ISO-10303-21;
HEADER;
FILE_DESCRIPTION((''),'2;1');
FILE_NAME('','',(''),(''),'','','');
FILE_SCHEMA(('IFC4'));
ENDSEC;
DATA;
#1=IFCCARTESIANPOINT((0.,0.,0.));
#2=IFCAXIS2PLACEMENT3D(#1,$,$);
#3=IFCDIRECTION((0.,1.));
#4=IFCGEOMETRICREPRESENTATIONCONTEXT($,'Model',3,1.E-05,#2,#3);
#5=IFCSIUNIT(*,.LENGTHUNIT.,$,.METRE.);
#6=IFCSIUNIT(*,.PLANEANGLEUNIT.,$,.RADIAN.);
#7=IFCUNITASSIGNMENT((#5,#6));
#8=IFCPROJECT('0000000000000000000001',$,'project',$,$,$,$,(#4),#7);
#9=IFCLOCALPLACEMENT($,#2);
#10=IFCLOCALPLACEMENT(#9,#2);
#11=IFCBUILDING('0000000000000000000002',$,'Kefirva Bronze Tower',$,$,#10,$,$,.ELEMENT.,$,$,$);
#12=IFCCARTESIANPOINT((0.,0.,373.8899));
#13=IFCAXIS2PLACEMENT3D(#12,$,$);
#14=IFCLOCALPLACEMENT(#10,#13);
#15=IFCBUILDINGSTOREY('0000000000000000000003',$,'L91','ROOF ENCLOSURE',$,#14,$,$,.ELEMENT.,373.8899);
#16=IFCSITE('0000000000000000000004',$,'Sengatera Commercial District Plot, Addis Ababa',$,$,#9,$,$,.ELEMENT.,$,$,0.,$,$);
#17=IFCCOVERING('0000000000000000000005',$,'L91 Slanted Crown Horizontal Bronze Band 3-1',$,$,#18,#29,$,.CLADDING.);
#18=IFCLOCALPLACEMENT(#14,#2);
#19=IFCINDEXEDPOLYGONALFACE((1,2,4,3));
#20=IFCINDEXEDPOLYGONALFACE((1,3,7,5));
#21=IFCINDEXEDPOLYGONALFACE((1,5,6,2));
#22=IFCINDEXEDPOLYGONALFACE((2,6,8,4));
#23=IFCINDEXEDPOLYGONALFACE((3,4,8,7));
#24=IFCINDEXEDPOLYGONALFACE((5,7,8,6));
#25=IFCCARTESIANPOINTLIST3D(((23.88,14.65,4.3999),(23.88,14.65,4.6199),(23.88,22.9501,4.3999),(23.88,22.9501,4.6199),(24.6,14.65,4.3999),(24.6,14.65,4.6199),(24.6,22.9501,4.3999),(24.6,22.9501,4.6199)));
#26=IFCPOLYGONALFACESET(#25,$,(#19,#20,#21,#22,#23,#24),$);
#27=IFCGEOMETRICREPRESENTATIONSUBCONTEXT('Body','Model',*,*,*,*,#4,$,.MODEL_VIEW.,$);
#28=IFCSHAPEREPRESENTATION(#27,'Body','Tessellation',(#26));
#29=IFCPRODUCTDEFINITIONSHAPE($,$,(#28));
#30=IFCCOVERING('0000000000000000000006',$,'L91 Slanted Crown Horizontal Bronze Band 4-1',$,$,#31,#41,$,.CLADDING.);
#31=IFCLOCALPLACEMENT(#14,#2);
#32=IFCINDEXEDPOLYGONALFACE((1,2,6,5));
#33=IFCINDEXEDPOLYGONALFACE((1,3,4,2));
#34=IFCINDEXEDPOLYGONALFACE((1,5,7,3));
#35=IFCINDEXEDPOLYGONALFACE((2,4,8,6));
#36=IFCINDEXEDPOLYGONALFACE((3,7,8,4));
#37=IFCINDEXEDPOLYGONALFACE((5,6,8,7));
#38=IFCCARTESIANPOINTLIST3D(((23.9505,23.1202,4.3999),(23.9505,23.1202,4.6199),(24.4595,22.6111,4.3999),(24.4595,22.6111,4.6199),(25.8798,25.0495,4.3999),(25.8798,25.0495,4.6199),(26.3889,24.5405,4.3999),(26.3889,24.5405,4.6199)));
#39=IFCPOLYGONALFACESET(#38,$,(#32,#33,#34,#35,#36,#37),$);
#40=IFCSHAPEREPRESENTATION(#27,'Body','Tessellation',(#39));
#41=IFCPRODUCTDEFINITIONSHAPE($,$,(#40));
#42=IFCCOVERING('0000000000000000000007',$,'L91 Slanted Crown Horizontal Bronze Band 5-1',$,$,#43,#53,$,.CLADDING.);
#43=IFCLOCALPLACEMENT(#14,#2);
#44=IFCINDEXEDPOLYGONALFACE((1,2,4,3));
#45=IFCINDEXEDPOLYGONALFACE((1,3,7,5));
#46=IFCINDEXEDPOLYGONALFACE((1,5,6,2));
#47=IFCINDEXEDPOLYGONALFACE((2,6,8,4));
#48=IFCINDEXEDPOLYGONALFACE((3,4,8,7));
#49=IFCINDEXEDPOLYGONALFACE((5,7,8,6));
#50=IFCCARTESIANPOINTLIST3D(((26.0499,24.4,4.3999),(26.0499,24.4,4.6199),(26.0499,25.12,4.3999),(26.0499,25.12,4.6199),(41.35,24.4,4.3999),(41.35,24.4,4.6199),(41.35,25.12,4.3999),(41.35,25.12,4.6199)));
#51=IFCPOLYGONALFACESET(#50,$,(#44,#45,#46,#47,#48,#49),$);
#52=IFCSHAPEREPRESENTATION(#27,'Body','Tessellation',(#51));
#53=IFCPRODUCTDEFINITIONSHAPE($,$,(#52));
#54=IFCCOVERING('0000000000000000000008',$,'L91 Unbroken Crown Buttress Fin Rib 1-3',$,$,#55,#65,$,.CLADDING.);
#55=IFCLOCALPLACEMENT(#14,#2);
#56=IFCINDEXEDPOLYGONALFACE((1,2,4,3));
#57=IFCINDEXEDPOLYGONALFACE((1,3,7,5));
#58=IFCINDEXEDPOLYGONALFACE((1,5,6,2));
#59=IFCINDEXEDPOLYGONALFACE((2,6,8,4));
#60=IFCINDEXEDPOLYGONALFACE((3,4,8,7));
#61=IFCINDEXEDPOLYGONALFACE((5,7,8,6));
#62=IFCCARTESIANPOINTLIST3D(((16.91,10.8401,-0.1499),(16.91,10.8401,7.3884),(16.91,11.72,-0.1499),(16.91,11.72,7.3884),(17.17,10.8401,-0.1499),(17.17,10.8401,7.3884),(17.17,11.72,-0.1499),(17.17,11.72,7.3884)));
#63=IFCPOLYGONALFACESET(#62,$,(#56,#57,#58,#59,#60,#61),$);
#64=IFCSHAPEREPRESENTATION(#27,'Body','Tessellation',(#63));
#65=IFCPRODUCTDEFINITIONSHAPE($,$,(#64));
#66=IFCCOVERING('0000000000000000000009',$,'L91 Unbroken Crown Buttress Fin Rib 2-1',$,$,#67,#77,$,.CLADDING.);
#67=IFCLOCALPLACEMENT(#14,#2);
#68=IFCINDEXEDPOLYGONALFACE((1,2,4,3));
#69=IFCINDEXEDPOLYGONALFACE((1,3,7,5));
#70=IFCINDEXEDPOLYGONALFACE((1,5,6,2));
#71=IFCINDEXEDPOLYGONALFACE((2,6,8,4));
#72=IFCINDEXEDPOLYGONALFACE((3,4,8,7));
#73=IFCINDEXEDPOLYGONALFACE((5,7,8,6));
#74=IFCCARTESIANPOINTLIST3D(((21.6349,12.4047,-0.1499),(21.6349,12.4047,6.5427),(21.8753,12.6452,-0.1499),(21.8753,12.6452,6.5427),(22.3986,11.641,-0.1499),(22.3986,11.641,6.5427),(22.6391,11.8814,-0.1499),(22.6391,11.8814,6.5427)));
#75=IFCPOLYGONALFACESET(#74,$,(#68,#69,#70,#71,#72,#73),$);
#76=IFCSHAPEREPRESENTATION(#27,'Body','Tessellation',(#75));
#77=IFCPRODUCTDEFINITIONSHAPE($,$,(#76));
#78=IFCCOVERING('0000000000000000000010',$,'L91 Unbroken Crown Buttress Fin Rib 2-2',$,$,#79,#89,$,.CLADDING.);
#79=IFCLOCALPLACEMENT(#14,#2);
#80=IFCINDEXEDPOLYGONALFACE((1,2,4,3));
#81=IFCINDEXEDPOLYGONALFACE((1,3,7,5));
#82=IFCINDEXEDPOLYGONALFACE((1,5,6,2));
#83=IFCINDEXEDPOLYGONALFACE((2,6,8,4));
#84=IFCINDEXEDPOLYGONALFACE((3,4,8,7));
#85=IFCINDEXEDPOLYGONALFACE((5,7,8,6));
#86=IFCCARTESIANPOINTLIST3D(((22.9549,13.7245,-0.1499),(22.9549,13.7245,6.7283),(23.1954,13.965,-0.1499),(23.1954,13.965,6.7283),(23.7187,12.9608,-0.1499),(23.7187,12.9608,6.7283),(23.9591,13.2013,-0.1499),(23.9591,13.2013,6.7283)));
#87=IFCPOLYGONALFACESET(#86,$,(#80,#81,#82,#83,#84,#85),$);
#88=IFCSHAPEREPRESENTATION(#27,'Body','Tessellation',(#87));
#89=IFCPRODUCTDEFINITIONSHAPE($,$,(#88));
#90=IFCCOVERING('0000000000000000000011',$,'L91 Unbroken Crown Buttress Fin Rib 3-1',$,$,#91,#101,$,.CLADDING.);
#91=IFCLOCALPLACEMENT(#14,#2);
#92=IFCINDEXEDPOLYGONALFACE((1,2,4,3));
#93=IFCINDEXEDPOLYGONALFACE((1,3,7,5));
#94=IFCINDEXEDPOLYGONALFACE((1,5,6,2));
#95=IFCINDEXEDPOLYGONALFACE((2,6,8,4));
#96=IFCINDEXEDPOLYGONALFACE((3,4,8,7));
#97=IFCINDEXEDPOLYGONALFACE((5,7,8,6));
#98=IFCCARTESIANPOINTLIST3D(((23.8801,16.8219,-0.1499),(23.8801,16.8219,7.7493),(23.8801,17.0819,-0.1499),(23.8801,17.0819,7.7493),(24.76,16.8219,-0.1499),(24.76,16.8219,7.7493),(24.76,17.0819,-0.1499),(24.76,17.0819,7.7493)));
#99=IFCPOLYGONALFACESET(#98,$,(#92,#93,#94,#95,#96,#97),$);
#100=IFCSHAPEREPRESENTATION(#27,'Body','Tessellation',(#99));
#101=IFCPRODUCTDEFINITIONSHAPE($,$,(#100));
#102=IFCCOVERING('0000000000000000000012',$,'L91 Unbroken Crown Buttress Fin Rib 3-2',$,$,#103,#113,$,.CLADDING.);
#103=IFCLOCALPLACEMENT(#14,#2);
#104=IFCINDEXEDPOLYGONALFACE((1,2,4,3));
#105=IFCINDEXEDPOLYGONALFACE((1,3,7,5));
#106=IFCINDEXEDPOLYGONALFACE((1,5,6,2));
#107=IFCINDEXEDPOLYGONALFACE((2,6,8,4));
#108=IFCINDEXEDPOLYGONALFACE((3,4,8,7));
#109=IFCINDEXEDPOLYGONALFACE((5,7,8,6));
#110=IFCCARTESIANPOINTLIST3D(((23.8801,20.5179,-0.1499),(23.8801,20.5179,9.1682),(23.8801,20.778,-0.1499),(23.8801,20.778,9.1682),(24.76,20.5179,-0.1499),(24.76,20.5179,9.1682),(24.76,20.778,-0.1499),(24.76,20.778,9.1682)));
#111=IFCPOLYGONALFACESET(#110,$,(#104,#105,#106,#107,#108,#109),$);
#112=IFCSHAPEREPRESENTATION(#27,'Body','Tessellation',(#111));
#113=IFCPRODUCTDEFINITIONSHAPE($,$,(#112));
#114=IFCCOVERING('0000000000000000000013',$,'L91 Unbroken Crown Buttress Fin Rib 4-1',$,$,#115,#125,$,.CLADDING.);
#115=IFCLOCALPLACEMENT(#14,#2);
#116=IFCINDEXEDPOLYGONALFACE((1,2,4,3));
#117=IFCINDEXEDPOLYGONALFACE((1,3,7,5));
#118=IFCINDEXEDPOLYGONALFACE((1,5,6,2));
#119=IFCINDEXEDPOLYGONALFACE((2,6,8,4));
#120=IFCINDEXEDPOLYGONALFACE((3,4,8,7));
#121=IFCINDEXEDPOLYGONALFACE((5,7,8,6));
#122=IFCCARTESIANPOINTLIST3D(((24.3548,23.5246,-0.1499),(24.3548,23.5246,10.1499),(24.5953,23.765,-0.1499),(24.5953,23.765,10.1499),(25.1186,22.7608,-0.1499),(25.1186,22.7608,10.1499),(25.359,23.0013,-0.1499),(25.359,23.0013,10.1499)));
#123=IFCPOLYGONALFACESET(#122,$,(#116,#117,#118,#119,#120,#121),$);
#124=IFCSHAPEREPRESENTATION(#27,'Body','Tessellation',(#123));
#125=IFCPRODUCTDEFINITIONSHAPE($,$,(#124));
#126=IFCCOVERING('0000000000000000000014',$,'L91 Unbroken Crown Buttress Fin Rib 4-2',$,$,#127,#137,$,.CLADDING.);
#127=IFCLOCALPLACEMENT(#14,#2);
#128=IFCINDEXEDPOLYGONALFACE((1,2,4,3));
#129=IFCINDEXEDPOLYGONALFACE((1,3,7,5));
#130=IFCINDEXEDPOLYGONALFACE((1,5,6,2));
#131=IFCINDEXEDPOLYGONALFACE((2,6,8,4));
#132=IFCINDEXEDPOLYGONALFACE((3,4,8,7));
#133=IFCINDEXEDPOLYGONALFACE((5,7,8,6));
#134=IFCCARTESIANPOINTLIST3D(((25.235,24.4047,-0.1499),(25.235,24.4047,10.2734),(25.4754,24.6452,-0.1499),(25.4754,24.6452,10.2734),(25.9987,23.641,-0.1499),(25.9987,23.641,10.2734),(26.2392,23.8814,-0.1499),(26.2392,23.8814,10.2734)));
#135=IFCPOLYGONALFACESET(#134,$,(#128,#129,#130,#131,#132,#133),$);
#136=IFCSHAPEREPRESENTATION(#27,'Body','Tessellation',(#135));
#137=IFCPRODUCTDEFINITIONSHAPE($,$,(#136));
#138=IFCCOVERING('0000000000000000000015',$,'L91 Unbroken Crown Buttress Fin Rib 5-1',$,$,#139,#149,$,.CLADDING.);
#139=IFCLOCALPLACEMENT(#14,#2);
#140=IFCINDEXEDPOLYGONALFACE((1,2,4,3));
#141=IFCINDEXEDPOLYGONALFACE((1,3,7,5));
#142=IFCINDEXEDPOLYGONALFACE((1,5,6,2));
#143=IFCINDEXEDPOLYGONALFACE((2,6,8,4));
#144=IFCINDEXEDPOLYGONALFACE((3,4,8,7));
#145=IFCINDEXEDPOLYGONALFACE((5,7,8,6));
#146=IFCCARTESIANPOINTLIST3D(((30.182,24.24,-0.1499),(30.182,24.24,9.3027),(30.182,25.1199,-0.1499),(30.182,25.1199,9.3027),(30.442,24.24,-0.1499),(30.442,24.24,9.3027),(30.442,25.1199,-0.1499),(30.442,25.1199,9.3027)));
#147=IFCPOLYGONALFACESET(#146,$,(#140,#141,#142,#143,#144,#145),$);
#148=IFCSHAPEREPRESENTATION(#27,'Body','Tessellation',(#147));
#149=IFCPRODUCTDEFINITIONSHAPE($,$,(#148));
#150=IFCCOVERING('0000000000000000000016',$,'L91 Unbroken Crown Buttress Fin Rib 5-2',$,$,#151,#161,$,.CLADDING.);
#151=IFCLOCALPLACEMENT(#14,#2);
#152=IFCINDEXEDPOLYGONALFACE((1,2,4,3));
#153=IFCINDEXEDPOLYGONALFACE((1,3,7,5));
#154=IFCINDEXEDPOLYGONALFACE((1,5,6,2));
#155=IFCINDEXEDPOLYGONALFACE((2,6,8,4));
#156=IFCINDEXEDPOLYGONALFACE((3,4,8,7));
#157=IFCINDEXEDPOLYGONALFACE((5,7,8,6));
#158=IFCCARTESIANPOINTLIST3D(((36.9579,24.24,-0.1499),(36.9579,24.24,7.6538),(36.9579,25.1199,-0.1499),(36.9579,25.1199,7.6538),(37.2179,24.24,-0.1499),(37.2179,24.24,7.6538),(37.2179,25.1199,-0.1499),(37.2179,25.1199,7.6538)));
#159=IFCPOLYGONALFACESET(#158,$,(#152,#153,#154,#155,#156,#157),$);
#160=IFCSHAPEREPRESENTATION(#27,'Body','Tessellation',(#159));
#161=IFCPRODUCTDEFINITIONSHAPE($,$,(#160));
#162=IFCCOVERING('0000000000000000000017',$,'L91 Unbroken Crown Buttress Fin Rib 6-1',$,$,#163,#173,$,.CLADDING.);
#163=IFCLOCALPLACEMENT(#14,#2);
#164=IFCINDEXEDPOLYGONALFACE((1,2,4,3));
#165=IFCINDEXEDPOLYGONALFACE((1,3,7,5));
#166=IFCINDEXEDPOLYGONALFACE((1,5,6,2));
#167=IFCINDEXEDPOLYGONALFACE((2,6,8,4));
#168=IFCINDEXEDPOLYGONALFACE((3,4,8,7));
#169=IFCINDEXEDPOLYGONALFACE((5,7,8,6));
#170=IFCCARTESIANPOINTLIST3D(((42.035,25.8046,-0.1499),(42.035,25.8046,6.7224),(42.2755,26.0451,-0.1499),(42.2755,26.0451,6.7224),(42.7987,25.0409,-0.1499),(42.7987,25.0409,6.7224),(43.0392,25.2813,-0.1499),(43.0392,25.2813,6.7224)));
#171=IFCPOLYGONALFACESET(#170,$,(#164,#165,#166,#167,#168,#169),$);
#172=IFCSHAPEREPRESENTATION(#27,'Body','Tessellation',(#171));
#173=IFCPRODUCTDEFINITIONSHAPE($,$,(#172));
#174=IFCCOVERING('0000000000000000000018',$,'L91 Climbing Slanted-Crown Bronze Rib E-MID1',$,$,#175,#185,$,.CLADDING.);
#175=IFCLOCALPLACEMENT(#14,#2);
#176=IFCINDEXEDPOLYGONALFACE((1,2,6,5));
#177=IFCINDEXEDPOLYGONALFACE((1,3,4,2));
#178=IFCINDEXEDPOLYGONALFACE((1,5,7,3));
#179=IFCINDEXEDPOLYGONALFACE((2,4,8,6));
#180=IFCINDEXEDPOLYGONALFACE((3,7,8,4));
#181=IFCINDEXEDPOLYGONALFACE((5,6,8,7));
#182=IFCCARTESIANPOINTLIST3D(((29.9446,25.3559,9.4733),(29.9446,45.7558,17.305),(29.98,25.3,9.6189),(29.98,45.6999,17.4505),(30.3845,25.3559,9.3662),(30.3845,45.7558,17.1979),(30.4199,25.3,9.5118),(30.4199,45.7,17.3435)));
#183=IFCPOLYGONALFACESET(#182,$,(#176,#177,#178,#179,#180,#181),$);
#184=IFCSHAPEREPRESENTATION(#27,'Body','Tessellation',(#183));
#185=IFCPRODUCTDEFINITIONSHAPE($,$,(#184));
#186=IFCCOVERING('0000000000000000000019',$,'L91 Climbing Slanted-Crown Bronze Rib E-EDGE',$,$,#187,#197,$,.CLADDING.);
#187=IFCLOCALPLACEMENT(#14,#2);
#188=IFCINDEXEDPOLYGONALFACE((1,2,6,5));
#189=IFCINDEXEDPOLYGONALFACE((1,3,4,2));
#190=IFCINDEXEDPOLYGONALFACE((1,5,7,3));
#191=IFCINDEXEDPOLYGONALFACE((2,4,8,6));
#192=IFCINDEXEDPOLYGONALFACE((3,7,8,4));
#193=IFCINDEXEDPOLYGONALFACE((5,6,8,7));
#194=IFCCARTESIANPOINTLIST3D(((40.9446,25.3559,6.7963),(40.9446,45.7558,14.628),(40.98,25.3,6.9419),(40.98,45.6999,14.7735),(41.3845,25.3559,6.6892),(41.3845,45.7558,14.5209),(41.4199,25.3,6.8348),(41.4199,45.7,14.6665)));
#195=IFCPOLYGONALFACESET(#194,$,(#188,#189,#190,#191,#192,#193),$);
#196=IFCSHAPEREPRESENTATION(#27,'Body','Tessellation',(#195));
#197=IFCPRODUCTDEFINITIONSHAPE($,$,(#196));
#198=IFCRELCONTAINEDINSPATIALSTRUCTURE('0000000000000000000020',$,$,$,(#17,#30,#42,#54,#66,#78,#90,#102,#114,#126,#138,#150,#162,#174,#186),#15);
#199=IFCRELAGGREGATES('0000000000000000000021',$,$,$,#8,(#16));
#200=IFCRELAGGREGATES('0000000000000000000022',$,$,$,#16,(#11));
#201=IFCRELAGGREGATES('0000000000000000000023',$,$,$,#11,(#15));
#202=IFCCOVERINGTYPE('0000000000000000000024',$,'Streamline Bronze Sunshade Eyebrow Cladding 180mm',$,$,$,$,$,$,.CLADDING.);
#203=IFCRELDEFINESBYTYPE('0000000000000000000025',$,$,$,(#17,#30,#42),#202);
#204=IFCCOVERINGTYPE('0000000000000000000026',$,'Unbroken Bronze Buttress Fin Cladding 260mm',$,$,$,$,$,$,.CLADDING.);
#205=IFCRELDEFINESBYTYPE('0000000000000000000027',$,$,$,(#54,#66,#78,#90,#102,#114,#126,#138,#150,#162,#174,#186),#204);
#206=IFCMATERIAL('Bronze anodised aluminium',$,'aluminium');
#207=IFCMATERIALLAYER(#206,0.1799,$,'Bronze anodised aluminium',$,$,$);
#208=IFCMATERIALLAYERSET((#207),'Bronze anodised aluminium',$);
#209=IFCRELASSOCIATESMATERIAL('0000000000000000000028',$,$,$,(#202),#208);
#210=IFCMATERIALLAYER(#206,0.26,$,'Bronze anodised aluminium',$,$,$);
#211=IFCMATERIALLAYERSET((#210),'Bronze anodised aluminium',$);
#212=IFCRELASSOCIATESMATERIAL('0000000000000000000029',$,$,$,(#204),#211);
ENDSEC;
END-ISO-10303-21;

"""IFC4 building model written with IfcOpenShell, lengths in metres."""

from ifc_helpers import new_model, si_unit, direction, frame, origin, origin_2d, place, context, subcontext, project, spatial, polyline, rectangle, outline, extrude, material, layer, layer_set, type_object, element, save


model = new_model("IFC4")

# Units and contexts
model_context = context("Model", 3, precision=1e-05, world=origin(), true_north=direction((0.0, 1.0)))
body_context = subcontext(model_context, "Body", "Model", "MODEL_VIEW")
ifc_project = project(units=[si_unit("LENGTHUNIT", "METRE"), si_unit("PLANEANGLEUNIT", "RADIAN")], contexts=[model_context])

# Site, building, storey
site_placement = place(None, origin())
site = spatial("IfcSite", under=ifc_project, at=site_placement, Name="Sengatera Commercial District Plot, Addis Ababa", CompositionType="ELEMENT", RefElevation=0.0)
building_placement = place(site_placement, origin())
building = spatial("IfcBuilding", under=site, at=building_placement, Name="Kefirva Bronze Tower", CompositionType="ELEMENT")
storey_placement = place(building_placement, frame((0.0, 0.0, 373.8899)))
storey = spatial("IfcBuildingStorey", under=building, at=storey_placement, Name="L91", Description="ROOF ENCLOSURE", CompositionType="ELEMENT", Elevation=373.8899)

# Coverings
ifc_material_1 = material(Name="Bronze anodised aluminium", Category="aluminium")
ifc_layer_1 = layer(ifc_material_1, 0.1799, Name="Bronze anodised aluminium")
ifc_layer_set_1 = layer_set([ifc_layer_1], Name="Bronze anodised aluminium")
covering_type_1 = type_object("IfcCoveringType", Name="Streamline Bronze Sunshade Eyebrow Cladding 180mm", PredefinedType="CLADDING", material=ifc_layer_set_1)
covering_1_placement = place(storey_placement, frame((24.24, 18.8, 4.3999), z_axis=(0.0, 0.0, 1.0), x_axis=(0.0, 1.0, 0.0)))
element("IfcCovering", 1, at=covering_1_placement, inside=storey, type_object=covering_type_1, Name="L91 Slanted Crown Horizontal Bronze Band 3-1", PredefinedType="CLADDING", context=body_context, shape_type="SweptSolid", body=[
    extrude(rectangle(XDim=8.3, YDim=0.72, at=origin_2d()), origin(), (0.0, 0.0, 1.0), 0.22),
])
covering_2_placement = place(storey_placement, frame((25.1697, 23.8303, 4.3999), z_axis=(0.0, 0.0, 1.0), x_axis=(0.707107, 0.707107, 0.0)))
element("IfcCovering", 2, at=covering_2_placement, inside=storey, type_object=covering_type_1, Name="L91 Slanted Crown Horizontal Bronze Band 4-1", PredefinedType="CLADDING", context=body_context, shape_type="SweptSolid", body=[
    extrude(rectangle(XDim=2.7285, YDim=0.72, at=origin_2d()), origin(), (0.0, 0.0, 1.0), 0.22),
])
covering_3_placement = place(storey_placement, frame((33.7, 24.76, 4.3999), z_axis=(0.0, 0.0, 1.0), x_axis=(1.0, 0.0, 0.0)))
element("IfcCovering", 3, at=covering_3_placement, inside=storey, type_object=covering_type_1, Name="L91 Slanted Crown Horizontal Bronze Band 5-1", PredefinedType="CLADDING", context=body_context, shape_type="SweptSolid", body=[
    extrude(rectangle(XDim=15.3, YDim=0.72, at=origin_2d()), origin(), (0.0, 0.0, 1.0), 0.22),
])
ifc_layer_2 = layer(ifc_material_1, 0.26, Name="Bronze anodised aluminium")
ifc_layer_set_2 = layer_set([ifc_layer_2], Name="Bronze anodised aluminium")
covering_type_2 = type_object("IfcCoveringType", Name="Unbroken Bronze Buttress Fin Cladding 260mm", PredefinedType="CLADDING", material=ifc_layer_set_2)
covering_4_placement = place(storey_placement, frame((17.04, 11.28, -0.1499), z_axis=(0.0, 0.0, 1.0), x_axis=(1.0, 0.0, 0.0)))
element("IfcCovering", 4, at=covering_4_placement, inside=storey, type_object=covering_type_2, Name="L91 Unbroken Crown Buttress Fin Rib 1-3", PredefinedType="CLADDING", context=body_context, shape_type="SweptSolid", body=[
    extrude(rectangle(XDim=0.26, YDim=0.8799, at=origin_2d()), origin(), (0.0, 0.0, 1.0), 7.5383),
])
covering_5_placement = place(storey_placement, frame((22.137, 12.1431, -0.1499), z_axis=(0.0, 0.0, 1.0), x_axis=(0.707107, 0.707107, 0.0)))
element("IfcCovering", 5, at=covering_5_placement, inside=storey, type_object=covering_type_2, Name="L91 Unbroken Crown Buttress Fin Rib 2-1", PredefinedType="CLADDING", context=body_context, shape_type="SweptSolid", body=[
    extrude(rectangle(XDim=0.3401, YDim=1.0801, at=origin_2d()), origin(), (0.0, 0.0, 1.0), 6.6926),
])
covering_6_placement = place(storey_placement, frame((23.457, 13.4629, -0.1499), z_axis=(0.0, 0.0, 1.0), x_axis=(0.707107, 0.707107, 0.0)))
element("IfcCovering", 6, at=covering_6_placement, inside=storey, type_object=covering_type_2, Name="L91 Unbroken Crown Buttress Fin Rib 2-2", PredefinedType="CLADDING", context=body_context, shape_type="SweptSolid", body=[
    extrude(rectangle(XDim=0.3401, YDim=1.0801, at=origin_2d()), origin(), (0.0, 0.0, 1.0), 6.8782),
])
covering_7_placement = place(storey_placement, frame((24.3201, 16.9519, -0.1499), z_axis=(0.0, 0.0, 1.0), x_axis=(0.0, 1.0, 0.0)))
element("IfcCovering", 7, at=covering_7_placement, inside=storey, type_object=covering_type_2, Name="L91 Unbroken Crown Buttress Fin Rib 3-1", PredefinedType="CLADDING", context=body_context, shape_type="SweptSolid", body=[
    extrude(rectangle(XDim=0.26, YDim=0.8799, at=origin_2d()), origin(), (0.0, 0.0, 1.0), 7.8992),
])
covering_8_placement = place(storey_placement, frame((24.3201, 20.6479, -0.1499), z_axis=(0.0, 0.0, 1.0), x_axis=(0.0, 1.0, 0.0)))
element("IfcCovering", 8, at=covering_8_placement, inside=storey, type_object=covering_type_2, Name="L91 Unbroken Crown Buttress Fin Rib 3-2", PredefinedType="CLADDING", context=body_context, shape_type="SweptSolid", body=[
    extrude(rectangle(XDim=0.26, YDim=0.8799, at=origin_2d()), origin(), (0.0, 0.0, 1.0), 9.3181),
])
covering_9_placement = place(storey_placement, frame((24.8569, 23.2629, -0.1499), z_axis=(0.0, 0.0, 1.0), x_axis=(0.707107, 0.707107, 0.0)))
element("IfcCovering", 9, at=covering_9_placement, inside=storey, type_object=covering_type_2, Name="L91 Unbroken Crown Buttress Fin Rib 4-1", PredefinedType="CLADDING", context=body_context, shape_type="SweptSolid", body=[
    extrude(rectangle(XDim=0.3401, YDim=1.0801, at=origin_2d()), origin(), (0.0, 0.0, 1.0), 10.2998),
])
covering_10_placement = place(storey_placement, frame((25.7371, 24.1431, -0.1499), z_axis=(0.0, 0.0, 1.0), x_axis=(0.707107, 0.707107, 0.0)))
element("IfcCovering", 10, at=covering_10_placement, inside=storey, type_object=covering_type_2, Name="L91 Unbroken Crown Buttress Fin Rib 4-2", PredefinedType="CLADDING", context=body_context, shape_type="SweptSolid", body=[
    extrude(rectangle(XDim=0.3401, YDim=1.0801, at=origin_2d()), origin(), (0.0, 0.0, 1.0), 10.4233),
])
covering_11_placement = place(storey_placement, frame((30.312, 24.6799, -0.1499), z_axis=(0.0, 0.0, 1.0), x_axis=(1.0, 0.0, 0.0)))
element("IfcCovering", 11, at=covering_11_placement, inside=storey, type_object=covering_type_2, Name="L91 Unbroken Crown Buttress Fin Rib 5-1", PredefinedType="CLADDING", context=body_context, shape_type="SweptSolid", body=[
    extrude(rectangle(XDim=0.26, YDim=0.8799, at=origin_2d()), origin(), (0.0, 0.0, 1.0), 9.4526),
])
covering_12_placement = place(storey_placement, frame((37.0879, 24.6799, -0.1499), z_axis=(0.0, 0.0, 1.0), x_axis=(1.0, 0.0, 0.0)))
element("IfcCovering", 12, at=covering_12_placement, inside=storey, type_object=covering_type_2, Name="L91 Unbroken Crown Buttress Fin Rib 5-2", PredefinedType="CLADDING", context=body_context, shape_type="SweptSolid", body=[
    extrude(rectangle(XDim=0.26, YDim=0.8799, at=origin_2d()), origin(), (0.0, 0.0, 1.0), 7.8037),
])
covering_13_placement = place(storey_placement, frame((42.5371, 25.543, -0.1499), z_axis=(0.0, 0.0, 1.0), x_axis=(0.707107, 0.707107, 0.0)))
element("IfcCovering", 13, at=covering_13_placement, inside=storey, type_object=covering_type_2, Name="L91 Unbroken Crown Buttress Fin Rib 6-1", PredefinedType="CLADDING", context=body_context, shape_type="SweptSolid", body=[
    extrude(rectangle(XDim=0.3401, YDim=1.0801, at=origin_2d()), origin(), (0.0, 0.0, 1.0), 6.8723),
])
for number, where, z_axis, x_axis, name in (
    (14, (29.98, 25.3, 9.6189), (0.22153, -0.349498, 0.910371), (0.971638, -0.000086, -0.236472), "L91 Climbing Slanted-Crown Bronze Rib E-MID1"),
    (15, (40.98, 25.3, 6.9419), (0.22153, -0.349498, 0.910371), (0.971638, -0.000086, -0.236472), "L91 Climbing Slanted-Crown Bronze Rib E-EDGE"),
):
    element("IfcCovering", number, at=place(storey_placement, frame(where, z_axis=z_axis, x_axis=x_axis)), inside=storey, type_object=covering_type_2, Name=name, PredefinedType="CLADDING", context=body_context, shape_type="SweptSolid", body=[
        extrude(outline(polyline([(0.0, 0.0), (0.4528, 0.0), (-1.4009, 21.7728), (-1.8537, 21.7728), (0.0, 0.0)])), origin(), (0.0, 0.0, -1.0), 0.1599),
    ])

save(model, "model.ifc")
